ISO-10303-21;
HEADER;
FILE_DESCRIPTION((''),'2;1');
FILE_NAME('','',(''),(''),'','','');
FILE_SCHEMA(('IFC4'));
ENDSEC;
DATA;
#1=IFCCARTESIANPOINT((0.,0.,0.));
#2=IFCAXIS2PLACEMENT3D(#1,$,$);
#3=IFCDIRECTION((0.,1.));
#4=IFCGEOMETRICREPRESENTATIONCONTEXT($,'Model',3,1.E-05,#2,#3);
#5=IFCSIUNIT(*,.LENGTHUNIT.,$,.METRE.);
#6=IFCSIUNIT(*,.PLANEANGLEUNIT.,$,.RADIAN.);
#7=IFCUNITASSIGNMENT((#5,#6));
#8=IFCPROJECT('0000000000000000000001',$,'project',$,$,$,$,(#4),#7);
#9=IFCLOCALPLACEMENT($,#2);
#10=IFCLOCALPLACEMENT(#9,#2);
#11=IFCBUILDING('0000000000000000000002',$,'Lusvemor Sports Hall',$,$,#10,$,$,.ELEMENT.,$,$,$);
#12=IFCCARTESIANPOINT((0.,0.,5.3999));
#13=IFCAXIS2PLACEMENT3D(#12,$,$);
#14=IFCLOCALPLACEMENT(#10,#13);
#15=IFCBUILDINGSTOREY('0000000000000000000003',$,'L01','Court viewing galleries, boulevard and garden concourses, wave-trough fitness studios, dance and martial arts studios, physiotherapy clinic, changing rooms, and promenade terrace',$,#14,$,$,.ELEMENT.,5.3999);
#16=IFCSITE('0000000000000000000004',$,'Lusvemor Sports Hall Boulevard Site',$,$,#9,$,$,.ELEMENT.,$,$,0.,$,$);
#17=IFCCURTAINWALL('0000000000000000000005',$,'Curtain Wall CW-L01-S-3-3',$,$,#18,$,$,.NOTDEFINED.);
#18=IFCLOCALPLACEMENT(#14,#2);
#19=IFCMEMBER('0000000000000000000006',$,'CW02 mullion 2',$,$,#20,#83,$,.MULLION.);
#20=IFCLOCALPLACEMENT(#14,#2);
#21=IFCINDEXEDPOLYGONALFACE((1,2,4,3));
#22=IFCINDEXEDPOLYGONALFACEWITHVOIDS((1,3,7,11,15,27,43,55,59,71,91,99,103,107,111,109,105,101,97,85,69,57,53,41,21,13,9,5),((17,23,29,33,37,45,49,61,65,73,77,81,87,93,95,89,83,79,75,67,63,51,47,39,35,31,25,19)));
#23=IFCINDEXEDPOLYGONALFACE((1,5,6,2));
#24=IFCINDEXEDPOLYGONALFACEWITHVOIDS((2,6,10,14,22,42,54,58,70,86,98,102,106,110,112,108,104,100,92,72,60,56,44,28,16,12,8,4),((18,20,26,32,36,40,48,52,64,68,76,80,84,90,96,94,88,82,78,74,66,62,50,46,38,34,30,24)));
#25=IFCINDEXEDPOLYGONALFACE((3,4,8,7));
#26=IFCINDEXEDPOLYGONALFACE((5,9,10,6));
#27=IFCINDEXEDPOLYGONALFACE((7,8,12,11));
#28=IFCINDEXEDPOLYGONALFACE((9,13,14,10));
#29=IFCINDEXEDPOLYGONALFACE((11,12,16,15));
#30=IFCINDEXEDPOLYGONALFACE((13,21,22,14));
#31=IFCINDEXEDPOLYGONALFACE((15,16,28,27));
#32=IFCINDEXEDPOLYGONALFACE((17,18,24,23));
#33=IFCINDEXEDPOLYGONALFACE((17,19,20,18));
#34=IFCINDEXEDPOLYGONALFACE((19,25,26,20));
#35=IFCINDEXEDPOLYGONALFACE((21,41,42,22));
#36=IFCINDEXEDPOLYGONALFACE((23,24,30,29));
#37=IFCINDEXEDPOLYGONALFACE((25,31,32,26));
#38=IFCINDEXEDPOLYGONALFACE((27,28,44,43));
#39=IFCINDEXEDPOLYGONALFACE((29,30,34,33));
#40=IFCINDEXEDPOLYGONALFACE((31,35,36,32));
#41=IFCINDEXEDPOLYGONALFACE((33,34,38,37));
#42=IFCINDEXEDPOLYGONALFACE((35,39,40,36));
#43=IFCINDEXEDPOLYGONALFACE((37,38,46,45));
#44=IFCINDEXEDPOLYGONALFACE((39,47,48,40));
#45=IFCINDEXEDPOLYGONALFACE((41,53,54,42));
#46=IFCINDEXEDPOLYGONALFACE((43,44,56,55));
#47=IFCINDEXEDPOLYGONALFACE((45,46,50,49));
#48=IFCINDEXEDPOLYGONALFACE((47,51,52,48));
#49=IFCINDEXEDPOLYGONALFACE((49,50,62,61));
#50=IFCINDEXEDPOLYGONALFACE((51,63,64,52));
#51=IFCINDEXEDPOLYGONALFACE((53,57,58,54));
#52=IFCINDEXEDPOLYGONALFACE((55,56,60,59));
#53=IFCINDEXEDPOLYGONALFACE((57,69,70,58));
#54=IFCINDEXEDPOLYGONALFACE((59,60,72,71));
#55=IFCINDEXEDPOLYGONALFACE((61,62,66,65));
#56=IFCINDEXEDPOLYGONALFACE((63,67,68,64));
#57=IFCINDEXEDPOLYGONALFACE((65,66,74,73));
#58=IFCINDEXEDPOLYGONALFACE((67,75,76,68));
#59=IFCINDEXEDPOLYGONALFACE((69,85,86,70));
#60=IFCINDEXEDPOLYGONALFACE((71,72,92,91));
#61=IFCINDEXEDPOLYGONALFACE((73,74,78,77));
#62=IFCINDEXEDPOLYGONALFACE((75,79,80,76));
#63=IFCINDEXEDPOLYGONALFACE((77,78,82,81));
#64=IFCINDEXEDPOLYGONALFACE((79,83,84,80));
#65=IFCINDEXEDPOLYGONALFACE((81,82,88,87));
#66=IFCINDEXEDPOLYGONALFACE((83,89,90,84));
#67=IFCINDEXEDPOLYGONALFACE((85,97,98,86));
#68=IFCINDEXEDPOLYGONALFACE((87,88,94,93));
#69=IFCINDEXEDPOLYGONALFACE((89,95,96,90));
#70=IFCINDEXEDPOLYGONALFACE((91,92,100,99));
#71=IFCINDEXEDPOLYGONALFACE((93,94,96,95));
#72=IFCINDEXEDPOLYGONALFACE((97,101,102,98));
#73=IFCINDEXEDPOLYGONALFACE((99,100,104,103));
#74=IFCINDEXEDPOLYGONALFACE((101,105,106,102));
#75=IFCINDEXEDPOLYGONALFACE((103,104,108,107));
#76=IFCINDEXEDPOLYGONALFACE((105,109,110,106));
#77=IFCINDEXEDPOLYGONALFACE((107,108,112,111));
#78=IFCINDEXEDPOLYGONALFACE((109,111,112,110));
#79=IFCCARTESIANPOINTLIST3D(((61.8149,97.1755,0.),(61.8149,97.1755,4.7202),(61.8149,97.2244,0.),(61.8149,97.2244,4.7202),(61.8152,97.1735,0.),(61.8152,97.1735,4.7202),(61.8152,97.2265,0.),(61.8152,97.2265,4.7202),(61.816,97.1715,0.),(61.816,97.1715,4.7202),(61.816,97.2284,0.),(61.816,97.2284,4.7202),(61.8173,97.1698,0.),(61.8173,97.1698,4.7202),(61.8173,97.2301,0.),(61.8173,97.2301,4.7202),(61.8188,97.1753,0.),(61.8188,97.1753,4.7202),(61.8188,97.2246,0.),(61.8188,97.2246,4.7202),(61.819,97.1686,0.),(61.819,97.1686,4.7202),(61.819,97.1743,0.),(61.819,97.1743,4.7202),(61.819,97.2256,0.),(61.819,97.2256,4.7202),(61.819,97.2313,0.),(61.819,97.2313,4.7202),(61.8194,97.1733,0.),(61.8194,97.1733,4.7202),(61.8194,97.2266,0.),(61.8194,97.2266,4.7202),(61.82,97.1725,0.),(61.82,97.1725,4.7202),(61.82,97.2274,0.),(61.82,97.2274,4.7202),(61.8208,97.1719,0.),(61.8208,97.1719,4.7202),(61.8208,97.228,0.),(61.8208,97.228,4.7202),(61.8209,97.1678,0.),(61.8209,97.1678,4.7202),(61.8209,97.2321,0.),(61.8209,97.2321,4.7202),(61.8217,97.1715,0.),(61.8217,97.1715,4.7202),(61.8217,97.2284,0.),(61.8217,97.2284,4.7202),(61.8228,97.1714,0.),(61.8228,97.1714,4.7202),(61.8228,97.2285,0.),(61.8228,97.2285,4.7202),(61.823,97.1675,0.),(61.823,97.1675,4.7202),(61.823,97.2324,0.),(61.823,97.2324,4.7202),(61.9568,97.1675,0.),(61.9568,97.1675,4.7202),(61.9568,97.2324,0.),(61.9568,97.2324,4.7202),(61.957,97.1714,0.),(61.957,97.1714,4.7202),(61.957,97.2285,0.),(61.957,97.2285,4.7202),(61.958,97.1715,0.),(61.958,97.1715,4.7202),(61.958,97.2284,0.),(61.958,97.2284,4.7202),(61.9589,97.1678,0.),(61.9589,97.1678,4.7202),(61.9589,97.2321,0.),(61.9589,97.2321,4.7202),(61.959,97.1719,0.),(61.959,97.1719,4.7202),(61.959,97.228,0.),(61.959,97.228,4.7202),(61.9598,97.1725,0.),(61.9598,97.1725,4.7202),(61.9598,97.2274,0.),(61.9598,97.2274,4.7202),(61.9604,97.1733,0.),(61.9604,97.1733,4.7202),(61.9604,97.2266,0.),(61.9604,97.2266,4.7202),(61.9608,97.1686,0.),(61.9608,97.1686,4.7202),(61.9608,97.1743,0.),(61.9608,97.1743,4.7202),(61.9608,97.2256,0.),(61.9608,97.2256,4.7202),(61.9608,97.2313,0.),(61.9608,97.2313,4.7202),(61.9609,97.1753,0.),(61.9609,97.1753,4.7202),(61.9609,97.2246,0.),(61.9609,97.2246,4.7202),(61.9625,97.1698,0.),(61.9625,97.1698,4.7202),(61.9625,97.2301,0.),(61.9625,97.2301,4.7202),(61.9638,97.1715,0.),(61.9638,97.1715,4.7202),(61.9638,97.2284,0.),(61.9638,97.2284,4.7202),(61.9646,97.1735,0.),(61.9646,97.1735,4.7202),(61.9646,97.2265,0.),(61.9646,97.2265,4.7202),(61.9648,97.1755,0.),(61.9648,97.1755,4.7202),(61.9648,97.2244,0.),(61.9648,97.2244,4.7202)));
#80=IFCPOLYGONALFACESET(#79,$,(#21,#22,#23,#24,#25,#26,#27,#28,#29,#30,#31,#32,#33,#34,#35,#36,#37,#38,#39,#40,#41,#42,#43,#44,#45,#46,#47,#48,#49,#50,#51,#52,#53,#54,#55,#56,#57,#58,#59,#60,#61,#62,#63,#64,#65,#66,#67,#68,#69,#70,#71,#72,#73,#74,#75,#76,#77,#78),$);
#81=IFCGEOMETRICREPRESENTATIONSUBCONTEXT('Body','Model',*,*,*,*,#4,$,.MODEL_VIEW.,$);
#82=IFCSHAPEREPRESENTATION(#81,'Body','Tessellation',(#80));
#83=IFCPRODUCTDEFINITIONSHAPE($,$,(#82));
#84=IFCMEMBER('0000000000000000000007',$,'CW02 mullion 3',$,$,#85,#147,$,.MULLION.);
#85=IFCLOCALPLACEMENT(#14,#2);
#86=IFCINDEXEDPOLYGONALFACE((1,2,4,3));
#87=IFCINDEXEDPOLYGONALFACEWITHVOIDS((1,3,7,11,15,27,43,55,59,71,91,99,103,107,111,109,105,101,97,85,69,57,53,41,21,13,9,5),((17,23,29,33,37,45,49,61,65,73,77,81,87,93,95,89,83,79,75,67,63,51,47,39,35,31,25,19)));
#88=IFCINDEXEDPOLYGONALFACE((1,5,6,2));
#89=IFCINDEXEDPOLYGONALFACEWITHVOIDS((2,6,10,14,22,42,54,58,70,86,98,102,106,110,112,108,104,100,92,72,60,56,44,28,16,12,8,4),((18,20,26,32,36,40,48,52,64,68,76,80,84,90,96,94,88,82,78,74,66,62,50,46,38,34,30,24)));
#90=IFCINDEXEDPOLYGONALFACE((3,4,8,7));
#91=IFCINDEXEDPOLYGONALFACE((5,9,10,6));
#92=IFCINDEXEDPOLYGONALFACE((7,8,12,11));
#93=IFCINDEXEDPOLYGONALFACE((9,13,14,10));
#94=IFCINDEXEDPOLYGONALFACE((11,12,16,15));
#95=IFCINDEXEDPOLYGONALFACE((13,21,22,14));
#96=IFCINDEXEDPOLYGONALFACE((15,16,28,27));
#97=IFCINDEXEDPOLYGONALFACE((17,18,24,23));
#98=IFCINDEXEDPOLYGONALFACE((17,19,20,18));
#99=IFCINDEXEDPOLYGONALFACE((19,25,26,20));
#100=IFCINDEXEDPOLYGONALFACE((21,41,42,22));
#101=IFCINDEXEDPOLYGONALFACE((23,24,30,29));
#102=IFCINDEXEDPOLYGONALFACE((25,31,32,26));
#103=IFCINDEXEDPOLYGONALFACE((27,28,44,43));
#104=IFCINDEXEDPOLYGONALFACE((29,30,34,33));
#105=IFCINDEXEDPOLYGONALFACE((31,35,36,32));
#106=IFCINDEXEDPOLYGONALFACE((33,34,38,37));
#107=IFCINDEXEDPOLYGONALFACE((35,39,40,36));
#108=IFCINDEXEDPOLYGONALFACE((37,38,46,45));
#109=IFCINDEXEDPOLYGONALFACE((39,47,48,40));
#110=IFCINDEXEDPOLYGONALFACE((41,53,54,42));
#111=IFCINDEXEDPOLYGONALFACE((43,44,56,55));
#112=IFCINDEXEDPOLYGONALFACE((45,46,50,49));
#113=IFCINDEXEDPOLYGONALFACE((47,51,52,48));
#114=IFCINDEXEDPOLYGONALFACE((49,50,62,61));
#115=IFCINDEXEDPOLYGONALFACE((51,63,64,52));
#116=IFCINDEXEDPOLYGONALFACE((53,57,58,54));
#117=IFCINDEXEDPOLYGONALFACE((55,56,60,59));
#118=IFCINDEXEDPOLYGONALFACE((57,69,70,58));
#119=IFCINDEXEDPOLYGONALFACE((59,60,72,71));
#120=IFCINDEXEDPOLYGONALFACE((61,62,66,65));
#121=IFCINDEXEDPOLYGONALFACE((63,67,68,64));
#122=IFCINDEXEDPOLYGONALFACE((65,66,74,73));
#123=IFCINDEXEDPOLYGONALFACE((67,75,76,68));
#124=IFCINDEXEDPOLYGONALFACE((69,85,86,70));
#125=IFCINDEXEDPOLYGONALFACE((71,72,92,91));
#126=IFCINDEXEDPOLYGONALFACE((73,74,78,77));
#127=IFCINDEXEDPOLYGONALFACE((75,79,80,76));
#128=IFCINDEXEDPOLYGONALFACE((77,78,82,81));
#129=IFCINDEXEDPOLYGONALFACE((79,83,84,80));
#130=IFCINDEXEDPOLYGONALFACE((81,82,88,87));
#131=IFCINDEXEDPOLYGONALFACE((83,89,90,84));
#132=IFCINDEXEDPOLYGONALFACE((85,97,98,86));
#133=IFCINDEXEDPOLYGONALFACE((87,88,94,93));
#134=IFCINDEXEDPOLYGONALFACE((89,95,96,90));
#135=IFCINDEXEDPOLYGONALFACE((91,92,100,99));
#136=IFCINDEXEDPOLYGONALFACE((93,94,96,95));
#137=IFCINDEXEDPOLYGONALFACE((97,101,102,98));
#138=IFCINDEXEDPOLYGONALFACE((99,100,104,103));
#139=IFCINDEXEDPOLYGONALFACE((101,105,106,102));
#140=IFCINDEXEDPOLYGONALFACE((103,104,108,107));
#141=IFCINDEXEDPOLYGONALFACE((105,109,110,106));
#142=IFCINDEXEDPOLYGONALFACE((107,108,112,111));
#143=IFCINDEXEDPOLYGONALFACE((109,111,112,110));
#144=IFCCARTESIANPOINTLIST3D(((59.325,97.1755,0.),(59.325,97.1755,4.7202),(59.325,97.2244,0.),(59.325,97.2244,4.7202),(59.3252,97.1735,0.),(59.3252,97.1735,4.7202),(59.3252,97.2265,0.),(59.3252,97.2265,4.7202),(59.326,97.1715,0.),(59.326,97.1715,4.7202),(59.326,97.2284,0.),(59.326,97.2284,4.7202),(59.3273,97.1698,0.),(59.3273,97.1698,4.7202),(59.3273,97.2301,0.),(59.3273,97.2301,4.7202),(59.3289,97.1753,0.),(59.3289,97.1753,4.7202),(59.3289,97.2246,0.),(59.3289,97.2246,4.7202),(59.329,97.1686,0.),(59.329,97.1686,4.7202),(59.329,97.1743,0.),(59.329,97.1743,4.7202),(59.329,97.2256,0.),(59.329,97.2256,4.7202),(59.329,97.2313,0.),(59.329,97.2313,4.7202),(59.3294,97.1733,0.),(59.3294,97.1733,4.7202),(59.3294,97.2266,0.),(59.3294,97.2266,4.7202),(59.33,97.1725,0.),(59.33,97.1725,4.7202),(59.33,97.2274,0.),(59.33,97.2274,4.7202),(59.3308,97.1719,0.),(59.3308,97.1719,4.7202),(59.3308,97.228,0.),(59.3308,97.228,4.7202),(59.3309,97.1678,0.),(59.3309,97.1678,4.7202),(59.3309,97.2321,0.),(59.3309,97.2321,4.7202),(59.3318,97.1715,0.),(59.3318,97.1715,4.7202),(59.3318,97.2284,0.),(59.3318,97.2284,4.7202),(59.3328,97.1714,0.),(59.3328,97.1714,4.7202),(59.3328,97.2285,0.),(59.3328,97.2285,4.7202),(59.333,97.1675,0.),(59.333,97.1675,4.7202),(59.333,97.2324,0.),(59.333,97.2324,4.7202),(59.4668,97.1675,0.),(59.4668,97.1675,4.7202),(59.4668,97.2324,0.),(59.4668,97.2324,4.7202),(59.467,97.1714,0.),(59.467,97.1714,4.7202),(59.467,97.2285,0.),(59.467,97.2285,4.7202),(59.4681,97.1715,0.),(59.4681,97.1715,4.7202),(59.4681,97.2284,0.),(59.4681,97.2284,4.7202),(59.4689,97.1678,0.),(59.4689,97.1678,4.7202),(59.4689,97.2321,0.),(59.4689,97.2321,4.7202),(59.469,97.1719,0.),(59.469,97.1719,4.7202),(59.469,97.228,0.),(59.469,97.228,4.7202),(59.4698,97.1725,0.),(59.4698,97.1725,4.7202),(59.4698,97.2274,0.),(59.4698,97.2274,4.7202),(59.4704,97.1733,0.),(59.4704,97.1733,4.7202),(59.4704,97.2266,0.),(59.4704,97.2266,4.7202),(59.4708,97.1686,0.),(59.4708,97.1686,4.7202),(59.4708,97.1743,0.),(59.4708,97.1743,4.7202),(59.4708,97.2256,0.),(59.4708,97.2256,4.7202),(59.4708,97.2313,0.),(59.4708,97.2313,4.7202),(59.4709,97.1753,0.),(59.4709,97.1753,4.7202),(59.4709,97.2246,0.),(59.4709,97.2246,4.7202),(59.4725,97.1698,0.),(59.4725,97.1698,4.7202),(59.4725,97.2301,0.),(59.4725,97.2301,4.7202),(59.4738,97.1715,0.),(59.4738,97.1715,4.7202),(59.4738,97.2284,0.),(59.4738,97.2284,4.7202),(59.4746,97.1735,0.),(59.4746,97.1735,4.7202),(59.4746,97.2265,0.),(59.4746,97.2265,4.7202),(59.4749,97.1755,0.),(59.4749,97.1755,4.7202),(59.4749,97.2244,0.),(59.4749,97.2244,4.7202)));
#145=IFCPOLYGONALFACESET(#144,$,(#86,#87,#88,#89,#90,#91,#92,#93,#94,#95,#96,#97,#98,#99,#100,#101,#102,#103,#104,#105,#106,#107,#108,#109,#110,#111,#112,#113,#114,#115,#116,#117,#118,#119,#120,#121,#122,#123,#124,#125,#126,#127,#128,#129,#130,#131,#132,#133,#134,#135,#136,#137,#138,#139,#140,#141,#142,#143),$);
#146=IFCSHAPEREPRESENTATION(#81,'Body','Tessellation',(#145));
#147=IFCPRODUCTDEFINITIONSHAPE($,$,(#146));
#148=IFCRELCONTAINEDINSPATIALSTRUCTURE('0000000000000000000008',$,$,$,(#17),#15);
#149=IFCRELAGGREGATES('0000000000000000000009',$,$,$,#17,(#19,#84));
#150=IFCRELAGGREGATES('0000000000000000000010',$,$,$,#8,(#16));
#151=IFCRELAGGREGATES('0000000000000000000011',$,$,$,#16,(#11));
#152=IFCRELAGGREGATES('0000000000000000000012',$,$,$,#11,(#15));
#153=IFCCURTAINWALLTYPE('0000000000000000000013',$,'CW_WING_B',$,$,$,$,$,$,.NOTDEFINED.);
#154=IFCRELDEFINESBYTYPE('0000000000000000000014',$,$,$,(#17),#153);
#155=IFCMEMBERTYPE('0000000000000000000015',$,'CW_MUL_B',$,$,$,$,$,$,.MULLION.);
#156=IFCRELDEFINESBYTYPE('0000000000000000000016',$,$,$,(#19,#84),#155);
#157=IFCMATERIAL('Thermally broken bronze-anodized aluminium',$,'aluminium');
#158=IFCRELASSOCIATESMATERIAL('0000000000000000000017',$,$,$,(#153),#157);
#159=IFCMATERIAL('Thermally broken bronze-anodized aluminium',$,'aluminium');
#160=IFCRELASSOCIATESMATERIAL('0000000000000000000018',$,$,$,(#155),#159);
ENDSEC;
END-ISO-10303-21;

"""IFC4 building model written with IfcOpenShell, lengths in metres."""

from ifc_helpers import new_model, si_unit, direction, frame, origin, origin_2d, place, context, subcontext, project, spatial, hollow_rectangle, extrude, material, material_profile, profile_set, type_object, element, aggregate, save


model = new_model("IFC4")

# Units and contexts
model_context = context("Model", 3, precision=1e-05, world=origin(), true_north=direction((0.0, 1.0)))
body_context = subcontext(model_context, "Body", "Model", "MODEL_VIEW")
ifc_project = project(units=[si_unit("LENGTHUNIT", "METRE"), si_unit("PLANEANGLEUNIT", "RADIAN")], contexts=[model_context])

# Site, building, storey
site_placement = place(None, origin())
site = spatial("IfcSite", under=ifc_project, at=site_placement, Name="Lusvemor Sports Hall Boulevard Site", CompositionType="ELEMENT", RefElevation=0.0)
building_placement = place(site_placement, origin())
building = spatial("IfcBuilding", under=site, at=building_placement, Name="Lusvemor Sports Hall", CompositionType="ELEMENT")
storey_placement = place(building_placement, frame((0.0, 0.0, 5.3999)))
storey = spatial("IfcBuildingStorey", under=building, at=storey_placement, Name="L01", Description="Court viewing galleries, boulevard and garden concourses, wave-trough fitness studios, dance and martial arts studios, physiotherapy clinic, changing rooms, and promenade terrace", CompositionType="ELEMENT", Elevation=5.3999)

# Curtain wall, members
ifc_material_1 = material(Name="Thermally broken bronze-anodized aluminium", Category="aluminium")
curtain_wall_type = type_object("IfcCurtainWallType", Name="CW_WING_B", PredefinedType="NOTDEFINED", material=ifc_material_1)
curtain_wall_placement = place(storey_placement, origin())
curtain_wall = element("IfcCurtainWall", 1, at=curtain_wall_placement, inside=storey, type_object=curtain_wall_type, Name="Curtain Wall CW-L01-S-3-3", PredefinedType="NOTDEFINED")
ifc_material_2 = material(Name="Thermally broken bronze-anodized aluminium", Category="aluminium")
ifc_material_profile_1 = material_profile(ifc_material_2, hollow_rectangle(XDim=0.0649, YDim=0.1499, WallThickness=0.0039, InnerFilletRadius=0.0039, OuterFilletRadius=0.0081, at=origin_2d()), Name="CWMUL150x65x4")
ifc_profile_set_1 = profile_set([ifc_material_profile_1], Name="Thermally broken bronze-anodized aluminium")
member_type_1 = type_object("IfcMemberType", Name="CW_MUL_B", PredefinedType="MULLION", material=ifc_profile_set_1)
member_1_placement = place(storey_placement, frame((61.8899, 97.2, 0.0), z_axis=(0.0, 0.0, 1.0), x_axis=(0.0, -1.0, 0.0)))
member_1 = element("IfcMember", 2, at=member_1_placement, type_object=member_type_1, Name="CW02 mullion 2", PredefinedType="MULLION", context=body_context, shape_type="SweptSolid", body=[
    extrude(hollow_rectangle(XDim=0.0649, YDim=0.1499, WallThickness=0.0039, InnerFilletRadius=0.0039, OuterFilletRadius=0.0081, at=origin_2d()), origin(), (0.0, 0.0, 1.0), 4.7202),
])
member_2_placement = place(storey_placement, frame((59.3999, 97.2, 0.0), z_axis=(0.0, 0.0, 1.0), x_axis=(0.0, -1.0, 0.0)))
member_2 = element("IfcMember", 3, at=member_2_placement, type_object=member_type_1, Name="CW02 mullion 3", PredefinedType="MULLION", context=body_context, shape_type="SweptSolid", body=[
    extrude(hollow_rectangle(XDim=0.0649, YDim=0.1499, WallThickness=0.0039, InnerFilletRadius=0.0039, OuterFilletRadius=0.0081, at=origin_2d()), origin(), (0.0, 0.0, 1.0), 4.7202),
])
aggregate(curtain_wall, [member_1, member_2])

save(model, "model.ifc")
